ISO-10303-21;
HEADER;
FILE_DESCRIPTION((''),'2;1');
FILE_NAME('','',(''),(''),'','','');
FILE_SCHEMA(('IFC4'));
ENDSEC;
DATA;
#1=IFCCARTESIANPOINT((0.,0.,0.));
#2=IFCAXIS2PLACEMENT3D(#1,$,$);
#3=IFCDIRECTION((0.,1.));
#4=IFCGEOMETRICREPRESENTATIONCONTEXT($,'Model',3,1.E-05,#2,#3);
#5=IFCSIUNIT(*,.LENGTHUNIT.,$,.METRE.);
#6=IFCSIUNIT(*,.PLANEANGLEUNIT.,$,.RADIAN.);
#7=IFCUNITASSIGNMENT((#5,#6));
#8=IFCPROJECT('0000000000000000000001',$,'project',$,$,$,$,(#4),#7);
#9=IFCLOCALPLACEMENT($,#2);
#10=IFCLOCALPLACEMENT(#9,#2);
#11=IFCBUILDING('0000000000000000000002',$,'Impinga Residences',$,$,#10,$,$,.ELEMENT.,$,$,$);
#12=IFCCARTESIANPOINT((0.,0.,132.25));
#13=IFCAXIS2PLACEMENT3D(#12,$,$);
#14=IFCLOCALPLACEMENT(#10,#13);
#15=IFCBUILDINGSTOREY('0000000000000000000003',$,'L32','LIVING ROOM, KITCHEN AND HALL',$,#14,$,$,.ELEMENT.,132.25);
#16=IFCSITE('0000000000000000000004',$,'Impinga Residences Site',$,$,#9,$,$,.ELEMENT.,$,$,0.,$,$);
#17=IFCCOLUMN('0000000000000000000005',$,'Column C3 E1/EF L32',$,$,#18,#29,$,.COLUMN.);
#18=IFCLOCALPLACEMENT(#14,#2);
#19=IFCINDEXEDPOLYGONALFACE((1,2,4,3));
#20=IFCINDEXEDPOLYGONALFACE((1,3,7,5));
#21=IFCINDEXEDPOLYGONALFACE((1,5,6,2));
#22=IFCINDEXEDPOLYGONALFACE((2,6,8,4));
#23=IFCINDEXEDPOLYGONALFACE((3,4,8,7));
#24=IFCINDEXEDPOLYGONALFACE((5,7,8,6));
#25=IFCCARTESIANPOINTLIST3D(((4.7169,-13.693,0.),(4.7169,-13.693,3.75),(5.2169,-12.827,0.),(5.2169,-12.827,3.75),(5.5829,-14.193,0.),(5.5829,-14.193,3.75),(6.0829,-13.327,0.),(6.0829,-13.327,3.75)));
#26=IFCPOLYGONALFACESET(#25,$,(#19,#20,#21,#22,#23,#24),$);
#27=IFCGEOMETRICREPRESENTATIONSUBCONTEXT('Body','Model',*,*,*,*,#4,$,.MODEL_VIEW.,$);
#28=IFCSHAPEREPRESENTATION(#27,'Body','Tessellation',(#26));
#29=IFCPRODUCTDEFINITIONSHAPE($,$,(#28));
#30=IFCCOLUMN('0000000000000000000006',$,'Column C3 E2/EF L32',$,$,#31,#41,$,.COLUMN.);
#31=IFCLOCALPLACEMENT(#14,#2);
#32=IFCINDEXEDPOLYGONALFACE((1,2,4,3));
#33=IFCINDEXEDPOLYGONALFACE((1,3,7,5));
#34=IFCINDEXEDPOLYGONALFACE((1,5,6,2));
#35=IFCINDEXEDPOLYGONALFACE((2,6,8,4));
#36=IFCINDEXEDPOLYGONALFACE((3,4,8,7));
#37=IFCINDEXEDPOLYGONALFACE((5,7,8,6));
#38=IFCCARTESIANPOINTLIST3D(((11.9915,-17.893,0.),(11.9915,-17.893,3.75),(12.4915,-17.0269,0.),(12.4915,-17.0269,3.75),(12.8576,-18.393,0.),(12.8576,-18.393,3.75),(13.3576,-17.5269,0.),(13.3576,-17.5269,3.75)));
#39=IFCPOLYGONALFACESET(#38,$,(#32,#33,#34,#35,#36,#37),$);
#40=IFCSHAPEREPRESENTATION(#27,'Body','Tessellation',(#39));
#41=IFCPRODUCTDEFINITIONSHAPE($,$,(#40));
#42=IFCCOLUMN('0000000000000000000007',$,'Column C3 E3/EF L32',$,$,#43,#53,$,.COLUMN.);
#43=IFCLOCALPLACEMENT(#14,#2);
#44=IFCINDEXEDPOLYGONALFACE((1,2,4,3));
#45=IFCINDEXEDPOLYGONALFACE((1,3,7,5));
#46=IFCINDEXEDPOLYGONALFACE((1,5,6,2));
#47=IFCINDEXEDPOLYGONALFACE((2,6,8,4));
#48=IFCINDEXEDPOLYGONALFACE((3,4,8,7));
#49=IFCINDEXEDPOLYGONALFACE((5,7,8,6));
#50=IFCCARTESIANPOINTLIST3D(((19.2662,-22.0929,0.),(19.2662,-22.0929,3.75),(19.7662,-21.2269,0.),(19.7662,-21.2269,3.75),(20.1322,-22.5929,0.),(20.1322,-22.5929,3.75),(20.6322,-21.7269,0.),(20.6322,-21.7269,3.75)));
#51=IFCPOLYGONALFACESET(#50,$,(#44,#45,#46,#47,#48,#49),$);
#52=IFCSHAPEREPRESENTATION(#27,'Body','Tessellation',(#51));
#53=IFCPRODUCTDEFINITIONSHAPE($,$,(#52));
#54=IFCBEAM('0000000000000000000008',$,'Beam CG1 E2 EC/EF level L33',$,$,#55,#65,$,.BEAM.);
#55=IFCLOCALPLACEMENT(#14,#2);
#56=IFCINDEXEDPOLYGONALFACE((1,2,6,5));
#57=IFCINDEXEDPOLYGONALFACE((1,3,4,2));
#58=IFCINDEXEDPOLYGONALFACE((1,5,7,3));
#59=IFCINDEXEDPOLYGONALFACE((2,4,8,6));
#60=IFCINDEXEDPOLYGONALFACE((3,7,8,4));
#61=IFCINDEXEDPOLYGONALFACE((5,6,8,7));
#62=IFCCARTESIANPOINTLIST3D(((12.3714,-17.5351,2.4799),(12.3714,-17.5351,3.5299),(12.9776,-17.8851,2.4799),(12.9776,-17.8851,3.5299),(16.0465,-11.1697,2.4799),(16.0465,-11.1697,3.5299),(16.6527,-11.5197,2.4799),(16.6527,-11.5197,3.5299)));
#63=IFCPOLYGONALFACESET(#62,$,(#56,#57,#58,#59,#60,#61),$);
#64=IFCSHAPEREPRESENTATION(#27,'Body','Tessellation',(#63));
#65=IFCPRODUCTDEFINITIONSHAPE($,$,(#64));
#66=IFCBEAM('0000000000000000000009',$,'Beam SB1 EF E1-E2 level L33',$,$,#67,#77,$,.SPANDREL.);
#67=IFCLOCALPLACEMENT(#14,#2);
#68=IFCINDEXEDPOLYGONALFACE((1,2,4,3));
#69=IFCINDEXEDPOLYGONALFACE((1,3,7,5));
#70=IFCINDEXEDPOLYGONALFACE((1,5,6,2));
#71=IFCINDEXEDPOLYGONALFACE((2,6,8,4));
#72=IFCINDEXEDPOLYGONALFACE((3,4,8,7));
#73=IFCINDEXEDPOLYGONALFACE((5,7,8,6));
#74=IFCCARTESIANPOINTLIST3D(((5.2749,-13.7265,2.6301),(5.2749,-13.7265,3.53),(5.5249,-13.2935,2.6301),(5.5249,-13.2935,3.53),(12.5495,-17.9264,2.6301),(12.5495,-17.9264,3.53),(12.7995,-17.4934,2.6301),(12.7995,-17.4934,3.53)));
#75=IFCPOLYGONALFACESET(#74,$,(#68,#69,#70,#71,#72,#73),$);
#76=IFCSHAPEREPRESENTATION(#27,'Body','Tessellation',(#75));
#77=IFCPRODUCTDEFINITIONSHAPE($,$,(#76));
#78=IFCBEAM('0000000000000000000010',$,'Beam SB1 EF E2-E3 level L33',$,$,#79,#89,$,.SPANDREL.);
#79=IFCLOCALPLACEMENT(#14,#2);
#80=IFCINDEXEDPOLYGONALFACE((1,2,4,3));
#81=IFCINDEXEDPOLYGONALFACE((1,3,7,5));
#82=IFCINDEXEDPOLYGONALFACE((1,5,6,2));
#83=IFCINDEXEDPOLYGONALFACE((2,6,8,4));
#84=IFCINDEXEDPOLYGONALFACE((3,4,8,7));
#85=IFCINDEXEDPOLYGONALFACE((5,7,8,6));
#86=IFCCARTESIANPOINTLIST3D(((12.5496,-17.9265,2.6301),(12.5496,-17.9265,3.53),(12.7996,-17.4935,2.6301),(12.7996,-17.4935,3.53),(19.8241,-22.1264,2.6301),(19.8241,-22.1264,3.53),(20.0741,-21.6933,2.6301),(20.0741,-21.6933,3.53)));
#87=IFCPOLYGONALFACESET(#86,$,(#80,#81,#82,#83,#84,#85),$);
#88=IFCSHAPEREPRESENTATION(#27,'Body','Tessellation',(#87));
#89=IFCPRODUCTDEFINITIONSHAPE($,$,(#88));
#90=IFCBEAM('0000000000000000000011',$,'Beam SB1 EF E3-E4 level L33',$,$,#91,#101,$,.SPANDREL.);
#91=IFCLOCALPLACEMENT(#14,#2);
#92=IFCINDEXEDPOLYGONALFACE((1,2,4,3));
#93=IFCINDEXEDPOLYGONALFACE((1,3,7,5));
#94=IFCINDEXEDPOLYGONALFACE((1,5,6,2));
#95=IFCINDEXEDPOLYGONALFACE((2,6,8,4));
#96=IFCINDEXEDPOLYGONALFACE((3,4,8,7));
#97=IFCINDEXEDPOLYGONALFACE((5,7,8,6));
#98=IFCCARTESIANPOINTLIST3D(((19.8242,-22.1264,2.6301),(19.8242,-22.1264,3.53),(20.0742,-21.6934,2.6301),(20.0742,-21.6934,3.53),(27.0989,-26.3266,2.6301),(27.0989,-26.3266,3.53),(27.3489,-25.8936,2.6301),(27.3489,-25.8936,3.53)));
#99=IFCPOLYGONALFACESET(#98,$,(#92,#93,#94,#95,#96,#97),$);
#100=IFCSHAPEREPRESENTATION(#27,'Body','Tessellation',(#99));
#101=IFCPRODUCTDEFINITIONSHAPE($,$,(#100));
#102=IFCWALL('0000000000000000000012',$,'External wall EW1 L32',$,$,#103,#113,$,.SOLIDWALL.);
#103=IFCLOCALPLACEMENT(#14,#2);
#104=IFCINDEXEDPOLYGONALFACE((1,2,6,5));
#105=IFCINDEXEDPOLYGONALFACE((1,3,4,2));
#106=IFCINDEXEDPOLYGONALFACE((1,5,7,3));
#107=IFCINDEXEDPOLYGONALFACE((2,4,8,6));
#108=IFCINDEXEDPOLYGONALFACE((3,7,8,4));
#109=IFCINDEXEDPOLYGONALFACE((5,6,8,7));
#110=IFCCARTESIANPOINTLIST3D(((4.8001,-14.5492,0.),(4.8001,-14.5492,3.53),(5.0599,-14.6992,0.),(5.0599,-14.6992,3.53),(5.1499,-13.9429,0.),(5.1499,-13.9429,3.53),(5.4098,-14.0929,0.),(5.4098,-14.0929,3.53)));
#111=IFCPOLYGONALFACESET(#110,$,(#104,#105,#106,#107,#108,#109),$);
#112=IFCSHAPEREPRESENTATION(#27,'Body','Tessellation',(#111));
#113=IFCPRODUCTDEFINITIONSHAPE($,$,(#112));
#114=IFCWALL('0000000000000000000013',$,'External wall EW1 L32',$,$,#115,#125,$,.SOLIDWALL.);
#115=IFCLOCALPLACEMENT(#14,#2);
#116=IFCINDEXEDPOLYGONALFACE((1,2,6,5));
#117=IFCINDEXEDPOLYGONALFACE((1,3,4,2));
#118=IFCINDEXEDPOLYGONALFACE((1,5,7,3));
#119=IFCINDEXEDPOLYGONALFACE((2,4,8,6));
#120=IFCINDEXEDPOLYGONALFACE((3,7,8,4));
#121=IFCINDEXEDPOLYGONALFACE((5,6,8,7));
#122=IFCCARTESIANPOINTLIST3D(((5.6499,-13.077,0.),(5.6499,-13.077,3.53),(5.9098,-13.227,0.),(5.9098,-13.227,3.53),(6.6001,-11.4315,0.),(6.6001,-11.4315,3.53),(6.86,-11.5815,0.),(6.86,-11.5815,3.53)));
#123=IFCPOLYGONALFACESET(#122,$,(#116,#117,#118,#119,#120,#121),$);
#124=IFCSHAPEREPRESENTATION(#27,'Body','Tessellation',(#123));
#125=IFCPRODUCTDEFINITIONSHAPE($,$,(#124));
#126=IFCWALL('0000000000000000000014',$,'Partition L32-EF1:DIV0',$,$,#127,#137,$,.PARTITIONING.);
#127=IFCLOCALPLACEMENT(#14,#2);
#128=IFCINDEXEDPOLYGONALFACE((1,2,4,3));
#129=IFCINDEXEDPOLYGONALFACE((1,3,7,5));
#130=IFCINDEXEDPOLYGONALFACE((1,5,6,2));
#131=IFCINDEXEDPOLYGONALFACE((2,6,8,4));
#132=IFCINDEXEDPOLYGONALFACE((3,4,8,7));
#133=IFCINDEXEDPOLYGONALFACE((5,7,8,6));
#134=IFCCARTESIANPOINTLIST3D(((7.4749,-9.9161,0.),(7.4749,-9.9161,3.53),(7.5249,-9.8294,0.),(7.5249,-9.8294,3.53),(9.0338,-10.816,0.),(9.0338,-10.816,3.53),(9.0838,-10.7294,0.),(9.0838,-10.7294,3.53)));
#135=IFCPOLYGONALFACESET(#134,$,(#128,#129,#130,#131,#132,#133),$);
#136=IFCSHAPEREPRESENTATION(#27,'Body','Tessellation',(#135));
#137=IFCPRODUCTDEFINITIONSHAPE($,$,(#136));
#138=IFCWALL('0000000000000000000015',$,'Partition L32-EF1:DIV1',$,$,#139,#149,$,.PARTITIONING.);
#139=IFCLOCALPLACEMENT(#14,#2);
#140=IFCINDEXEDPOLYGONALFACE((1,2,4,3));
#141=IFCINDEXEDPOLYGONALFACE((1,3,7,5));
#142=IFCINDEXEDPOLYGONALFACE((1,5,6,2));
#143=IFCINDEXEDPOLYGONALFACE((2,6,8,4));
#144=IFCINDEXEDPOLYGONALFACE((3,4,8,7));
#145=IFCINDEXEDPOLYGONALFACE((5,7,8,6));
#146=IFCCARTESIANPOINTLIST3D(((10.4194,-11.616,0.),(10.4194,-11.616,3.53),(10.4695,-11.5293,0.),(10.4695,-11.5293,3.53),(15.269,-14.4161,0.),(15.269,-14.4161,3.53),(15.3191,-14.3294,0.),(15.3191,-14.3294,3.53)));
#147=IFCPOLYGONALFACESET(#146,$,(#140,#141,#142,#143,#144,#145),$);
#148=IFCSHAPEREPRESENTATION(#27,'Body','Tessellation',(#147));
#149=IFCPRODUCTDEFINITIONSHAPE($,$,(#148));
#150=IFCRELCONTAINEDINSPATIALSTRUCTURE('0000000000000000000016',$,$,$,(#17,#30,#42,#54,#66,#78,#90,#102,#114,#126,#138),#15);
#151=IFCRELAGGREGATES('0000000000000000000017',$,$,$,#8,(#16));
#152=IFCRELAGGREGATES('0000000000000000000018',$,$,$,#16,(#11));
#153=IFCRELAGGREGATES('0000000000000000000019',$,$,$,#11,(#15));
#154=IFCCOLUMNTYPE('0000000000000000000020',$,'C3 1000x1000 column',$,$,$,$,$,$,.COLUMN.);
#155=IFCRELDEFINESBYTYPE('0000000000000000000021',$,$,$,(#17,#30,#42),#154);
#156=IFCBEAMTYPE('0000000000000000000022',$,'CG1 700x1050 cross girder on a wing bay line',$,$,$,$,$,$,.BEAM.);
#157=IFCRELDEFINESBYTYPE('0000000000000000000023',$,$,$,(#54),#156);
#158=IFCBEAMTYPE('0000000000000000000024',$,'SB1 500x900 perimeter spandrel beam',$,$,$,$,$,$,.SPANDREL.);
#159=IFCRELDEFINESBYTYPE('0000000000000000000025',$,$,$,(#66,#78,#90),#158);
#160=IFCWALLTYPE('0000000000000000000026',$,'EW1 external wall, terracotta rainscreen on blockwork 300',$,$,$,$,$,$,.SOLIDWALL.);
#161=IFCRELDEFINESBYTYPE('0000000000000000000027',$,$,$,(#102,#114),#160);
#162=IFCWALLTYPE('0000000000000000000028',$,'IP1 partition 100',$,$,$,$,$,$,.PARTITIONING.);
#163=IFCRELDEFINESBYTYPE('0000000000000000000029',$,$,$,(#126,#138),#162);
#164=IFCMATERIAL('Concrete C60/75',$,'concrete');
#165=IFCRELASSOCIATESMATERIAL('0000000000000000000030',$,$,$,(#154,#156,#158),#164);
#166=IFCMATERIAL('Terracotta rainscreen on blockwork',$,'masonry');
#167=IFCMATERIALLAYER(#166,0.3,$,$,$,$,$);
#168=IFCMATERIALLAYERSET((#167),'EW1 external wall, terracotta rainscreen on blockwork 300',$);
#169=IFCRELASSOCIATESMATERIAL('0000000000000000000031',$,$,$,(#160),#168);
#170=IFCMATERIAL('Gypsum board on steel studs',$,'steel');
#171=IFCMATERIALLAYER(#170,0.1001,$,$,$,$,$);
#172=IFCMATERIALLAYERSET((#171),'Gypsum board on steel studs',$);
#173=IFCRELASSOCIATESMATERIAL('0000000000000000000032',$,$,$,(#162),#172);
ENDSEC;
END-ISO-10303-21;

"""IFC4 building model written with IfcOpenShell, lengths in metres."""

from ifc_helpers import new_model, si_unit, direction, frame, frame_2d, origin, origin_2d, place, context, subcontext, project, spatial, rectangle, extrude, material, layer, layer_set, material_profile, profile_set, type_object, element, save


model = new_model("IFC4")

# Units and contexts
model_context = context("Model", 3, precision=1e-05, world=origin(), true_north=direction((0.0, 1.0)))
body_context = subcontext(model_context, "Body", "Model", "MODEL_VIEW")
ifc_project = project(units=[si_unit("LENGTHUNIT", "METRE"), si_unit("PLANEANGLEUNIT", "RADIAN")], contexts=[model_context])

# Site, building, storey
site_placement = place(None, origin())
site = spatial("IfcSite", under=ifc_project, at=site_placement, Name="Impinga Residences Site", CompositionType="ELEMENT", RefElevation=0.0)
building_placement = place(site_placement, origin())
building = spatial("IfcBuilding", under=site, at=building_placement, Name="Impinga Residences", CompositionType="ELEMENT")
storey_placement = place(building_placement, frame((0.0, 0.0, 132.25)))
storey = spatial("IfcBuildingStorey", under=building, at=storey_placement, Name="L32", Description="LIVING ROOM, KITCHEN AND HALL", CompositionType="ELEMENT", Elevation=132.25)

# Columns
ifc_material_1 = material(Name="Concrete C60/75", Category="concrete")
ifc_material_profile_1 = material_profile(ifc_material_1, rectangle(XDim=1.0, YDim=1.0, at=origin_2d()), Name="RC 1000x1000")
ifc_profile_set_1 = profile_set([ifc_material_profile_1], Name="Concrete C60/75")
column_type = type_object("IfcColumnType", Name="C3 1000x1000 column", PredefinedType="COLUMN", material=ifc_profile_set_1)
for number, where, z_axis, x_axis, name in (
    (1, (5.3999, -13.51, 0.0), (0.0, 0.0, 1.0), (-0.5, -0.866025, 0.0), "Column C3 E1/EF L32"),
    (2, (12.6746, -17.71, 0.0), (0.0, 0.0, 1.0), (-0.5, -0.866025, 0.0), "Column C3 E2/EF L32"),
    (3, (19.9492, -21.9099, 0.0), (0.0, 0.0, 1.0), (-0.5, -0.866025, 0.0), "Column C3 E3/EF L32"),
):
    element("IfcColumn", number, at=place(storey_placement, frame(where, z_axis=z_axis, x_axis=x_axis)), inside=storey, type_object=column_type, Name=name, PredefinedType="COLUMN", context=body_context, shape_type="SweptSolid", body=[
        extrude(rectangle(XDim=1.0, YDim=1.0, at=origin_2d()), origin(), (0.0, 0.0, 1.0), 3.75),
    ])

# Beams
ifc_material_profile_2 = material_profile(ifc_material_1, rectangle(XDim=0.7, YDim=1.05, at=origin_2d()), Name="RC 700x1050")
ifc_profile_set_2 = profile_set([ifc_material_profile_2], Name="Concrete C60/75")
beam_type_1 = type_object("IfcBeamType", Name="CG1 700x1050 cross girder on a wing bay line", PredefinedType="BEAM", material=ifc_profile_set_2)
beam_1_placement = place(storey_placement, frame((16.3496, -11.3447, 3.0049), z_axis=(-0.500008, -0.866021, 0.0), x_axis=(0.866021, -0.500008, 0.0)))
element("IfcBeam", 4, at=beam_1_placement, inside=storey, type_object=beam_type_1, Name="Beam CG1 E2 EC/EF level L33", PredefinedType="BEAM", context=body_context, shape_type="SweptSolid", body=[
    extrude(rectangle(XDim=0.7, YDim=1.05, at=origin_2d()), origin(), (0.0, 0.0, 1.0), 7.3501),
])
ifc_material_profile_3 = material_profile(ifc_material_1, rectangle(XDim=0.5, YDim=0.8999, at=origin_2d()), Name="RC 500x900")
ifc_profile_set_3 = profile_set([ifc_material_profile_3], Name="Concrete C60/75")
beam_type_2 = type_object("IfcBeamType", Name="SB1 500x900 perimeter spandrel beam", PredefinedType="SPANDREL", material=ifc_profile_set_3)
for number, where, z_axis, x_axis, name in (
    (5, (5.3999, -13.51, 3.0801), (0.866029, -0.499993, 0.0), (0.499993, 0.866029, 0.0), "Beam SB1 EF E1-E2 level L33"),
    (6, (12.6746, -17.71, 3.0801), (0.866029, -0.499993, 0.0), (0.499993, 0.866029, 0.0), "Beam SB1 EF E2-E3 level L33"),
):
    element("IfcBeam", number, at=place(storey_placement, frame(where, z_axis=z_axis, x_axis=x_axis)), inside=storey, type_object=beam_type_2, Name=name, PredefinedType="SPANDREL", context=body_context, shape_type="SweptSolid", body=[
        extrude(rectangle(XDim=0.5, YDim=0.8999, at=origin_2d()), origin(), (0.0, 0.0, 1.0), 8.3999),
    ])
beam_2_placement = place(storey_placement, frame((19.9492, -21.9099, 3.0801), z_axis=(0.866017, -0.500015, 0.0), x_axis=(0.500015, 0.866017, 0.0)))
element("IfcBeam", 7, at=beam_2_placement, inside=storey, type_object=beam_type_2, Name="Beam SB1 EF E3-E4 level L33", PredefinedType="SPANDREL", context=body_context, shape_type="SweptSolid", body=[
    extrude(rectangle(XDim=0.5, YDim=0.8999, at=origin_2d()), origin(), (0.0, 0.0, 1.0), 8.4001),
])

# Walls
ifc_material_2 = material(Name="Terracotta rainscreen on blockwork", Category="masonry")
ifc_layer_1 = layer(ifc_material_2, 0.3)
ifc_layer_set_1 = layer_set([ifc_layer_1], Name="EW1 external wall, terracotta rainscreen on blockwork 300")
wall_type_1 = type_object("IfcWallType", Name="EW1 external wall, terracotta rainscreen on blockwork 300", PredefinedType="SOLIDWALL", material=ifc_layer_set_1)
wall_1_placement = place(storey_placement, frame((4.9299, -14.6243, 0.0), z_axis=(0.0, 0.0, 1.0), x_axis=(0.499853, 0.86611, 0.0)))
element("IfcWall", 8, at=wall_1_placement, inside=storey, type_object=wall_type_1, Name="External wall EW1 L32", PredefinedType="SOLIDWALL", context=body_context, shape_type="SweptSolid", body=[
    extrude(rectangle(XDim=0.7, YDim=0.3, at=frame_2d((0.3501, 0.0))), origin(), (0.0, 0.0, 1.0), 3.53),
])
wall_2_placement = place(storey_placement, frame((5.7798, -13.1521, 0.0), z_axis=(0.0, 0.0, 1.0), x_axis=(0.500064, 0.865989, 0.0)))
element("IfcWall", 9, at=wall_2_placement, inside=storey, type_object=wall_type_1, Name="External wall EW1 L32", PredefinedType="SOLIDWALL", context=body_context, shape_type="SweptSolid", body=[
    extrude(rectangle(XDim=1.9001, YDim=0.3, at=frame_2d((0.9502, 0.0))), origin(), (0.0, 0.0, 1.0), 3.53),
])
ifc_material_3 = material(Name="Gypsum board on steel studs", Category="steel")
ifc_layer_2 = layer(ifc_material_3, 0.1001)
ifc_layer_set_2 = layer_set([ifc_layer_2], Name="Gypsum board on steel studs")
wall_type_2 = type_object("IfcWallType", Name="IP1 partition 100", PredefinedType="PARTITIONING", material=ifc_layer_set_2)
wall_3_placement = place(storey_placement, frame((7.5, -9.8728, 0.0), z_axis=(0.0, 0.0, 1.0), x_axis=(0.866048, -0.499961, 0.0)))
element("IfcWall", 10, at=wall_3_placement, inside=storey, type_object=wall_type_2, Name="Partition L32-EF1:DIV0", PredefinedType="PARTITIONING", context=body_context, shape_type="SweptSolid", body=[
    extrude(rectangle(XDim=1.8, YDim=0.1001, at=frame_2d((0.8999, 0.0))), origin(), (0.0, 0.0, 1.0), 3.53),
])
wall_4_placement = place(storey_placement, frame((10.4446, -11.5728, 0.0), z_axis=(0.0, 0.0, 1.0), x_axis=(0.866016, -0.500017, 0.0)))
element("IfcWall", 11, at=wall_4_placement, inside=storey, type_object=wall_type_2, Name="Partition L32-EF1:DIV1", PredefinedType="PARTITIONING", context=body_context, shape_type="SweptSolid", body=[
    extrude(rectangle(XDim=5.5999, YDim=0.1001, at=frame_2d((2.7998, 0.0))), origin(), (0.0, 0.0, 1.0), 3.53),
])

save(model, "model.ifc")
